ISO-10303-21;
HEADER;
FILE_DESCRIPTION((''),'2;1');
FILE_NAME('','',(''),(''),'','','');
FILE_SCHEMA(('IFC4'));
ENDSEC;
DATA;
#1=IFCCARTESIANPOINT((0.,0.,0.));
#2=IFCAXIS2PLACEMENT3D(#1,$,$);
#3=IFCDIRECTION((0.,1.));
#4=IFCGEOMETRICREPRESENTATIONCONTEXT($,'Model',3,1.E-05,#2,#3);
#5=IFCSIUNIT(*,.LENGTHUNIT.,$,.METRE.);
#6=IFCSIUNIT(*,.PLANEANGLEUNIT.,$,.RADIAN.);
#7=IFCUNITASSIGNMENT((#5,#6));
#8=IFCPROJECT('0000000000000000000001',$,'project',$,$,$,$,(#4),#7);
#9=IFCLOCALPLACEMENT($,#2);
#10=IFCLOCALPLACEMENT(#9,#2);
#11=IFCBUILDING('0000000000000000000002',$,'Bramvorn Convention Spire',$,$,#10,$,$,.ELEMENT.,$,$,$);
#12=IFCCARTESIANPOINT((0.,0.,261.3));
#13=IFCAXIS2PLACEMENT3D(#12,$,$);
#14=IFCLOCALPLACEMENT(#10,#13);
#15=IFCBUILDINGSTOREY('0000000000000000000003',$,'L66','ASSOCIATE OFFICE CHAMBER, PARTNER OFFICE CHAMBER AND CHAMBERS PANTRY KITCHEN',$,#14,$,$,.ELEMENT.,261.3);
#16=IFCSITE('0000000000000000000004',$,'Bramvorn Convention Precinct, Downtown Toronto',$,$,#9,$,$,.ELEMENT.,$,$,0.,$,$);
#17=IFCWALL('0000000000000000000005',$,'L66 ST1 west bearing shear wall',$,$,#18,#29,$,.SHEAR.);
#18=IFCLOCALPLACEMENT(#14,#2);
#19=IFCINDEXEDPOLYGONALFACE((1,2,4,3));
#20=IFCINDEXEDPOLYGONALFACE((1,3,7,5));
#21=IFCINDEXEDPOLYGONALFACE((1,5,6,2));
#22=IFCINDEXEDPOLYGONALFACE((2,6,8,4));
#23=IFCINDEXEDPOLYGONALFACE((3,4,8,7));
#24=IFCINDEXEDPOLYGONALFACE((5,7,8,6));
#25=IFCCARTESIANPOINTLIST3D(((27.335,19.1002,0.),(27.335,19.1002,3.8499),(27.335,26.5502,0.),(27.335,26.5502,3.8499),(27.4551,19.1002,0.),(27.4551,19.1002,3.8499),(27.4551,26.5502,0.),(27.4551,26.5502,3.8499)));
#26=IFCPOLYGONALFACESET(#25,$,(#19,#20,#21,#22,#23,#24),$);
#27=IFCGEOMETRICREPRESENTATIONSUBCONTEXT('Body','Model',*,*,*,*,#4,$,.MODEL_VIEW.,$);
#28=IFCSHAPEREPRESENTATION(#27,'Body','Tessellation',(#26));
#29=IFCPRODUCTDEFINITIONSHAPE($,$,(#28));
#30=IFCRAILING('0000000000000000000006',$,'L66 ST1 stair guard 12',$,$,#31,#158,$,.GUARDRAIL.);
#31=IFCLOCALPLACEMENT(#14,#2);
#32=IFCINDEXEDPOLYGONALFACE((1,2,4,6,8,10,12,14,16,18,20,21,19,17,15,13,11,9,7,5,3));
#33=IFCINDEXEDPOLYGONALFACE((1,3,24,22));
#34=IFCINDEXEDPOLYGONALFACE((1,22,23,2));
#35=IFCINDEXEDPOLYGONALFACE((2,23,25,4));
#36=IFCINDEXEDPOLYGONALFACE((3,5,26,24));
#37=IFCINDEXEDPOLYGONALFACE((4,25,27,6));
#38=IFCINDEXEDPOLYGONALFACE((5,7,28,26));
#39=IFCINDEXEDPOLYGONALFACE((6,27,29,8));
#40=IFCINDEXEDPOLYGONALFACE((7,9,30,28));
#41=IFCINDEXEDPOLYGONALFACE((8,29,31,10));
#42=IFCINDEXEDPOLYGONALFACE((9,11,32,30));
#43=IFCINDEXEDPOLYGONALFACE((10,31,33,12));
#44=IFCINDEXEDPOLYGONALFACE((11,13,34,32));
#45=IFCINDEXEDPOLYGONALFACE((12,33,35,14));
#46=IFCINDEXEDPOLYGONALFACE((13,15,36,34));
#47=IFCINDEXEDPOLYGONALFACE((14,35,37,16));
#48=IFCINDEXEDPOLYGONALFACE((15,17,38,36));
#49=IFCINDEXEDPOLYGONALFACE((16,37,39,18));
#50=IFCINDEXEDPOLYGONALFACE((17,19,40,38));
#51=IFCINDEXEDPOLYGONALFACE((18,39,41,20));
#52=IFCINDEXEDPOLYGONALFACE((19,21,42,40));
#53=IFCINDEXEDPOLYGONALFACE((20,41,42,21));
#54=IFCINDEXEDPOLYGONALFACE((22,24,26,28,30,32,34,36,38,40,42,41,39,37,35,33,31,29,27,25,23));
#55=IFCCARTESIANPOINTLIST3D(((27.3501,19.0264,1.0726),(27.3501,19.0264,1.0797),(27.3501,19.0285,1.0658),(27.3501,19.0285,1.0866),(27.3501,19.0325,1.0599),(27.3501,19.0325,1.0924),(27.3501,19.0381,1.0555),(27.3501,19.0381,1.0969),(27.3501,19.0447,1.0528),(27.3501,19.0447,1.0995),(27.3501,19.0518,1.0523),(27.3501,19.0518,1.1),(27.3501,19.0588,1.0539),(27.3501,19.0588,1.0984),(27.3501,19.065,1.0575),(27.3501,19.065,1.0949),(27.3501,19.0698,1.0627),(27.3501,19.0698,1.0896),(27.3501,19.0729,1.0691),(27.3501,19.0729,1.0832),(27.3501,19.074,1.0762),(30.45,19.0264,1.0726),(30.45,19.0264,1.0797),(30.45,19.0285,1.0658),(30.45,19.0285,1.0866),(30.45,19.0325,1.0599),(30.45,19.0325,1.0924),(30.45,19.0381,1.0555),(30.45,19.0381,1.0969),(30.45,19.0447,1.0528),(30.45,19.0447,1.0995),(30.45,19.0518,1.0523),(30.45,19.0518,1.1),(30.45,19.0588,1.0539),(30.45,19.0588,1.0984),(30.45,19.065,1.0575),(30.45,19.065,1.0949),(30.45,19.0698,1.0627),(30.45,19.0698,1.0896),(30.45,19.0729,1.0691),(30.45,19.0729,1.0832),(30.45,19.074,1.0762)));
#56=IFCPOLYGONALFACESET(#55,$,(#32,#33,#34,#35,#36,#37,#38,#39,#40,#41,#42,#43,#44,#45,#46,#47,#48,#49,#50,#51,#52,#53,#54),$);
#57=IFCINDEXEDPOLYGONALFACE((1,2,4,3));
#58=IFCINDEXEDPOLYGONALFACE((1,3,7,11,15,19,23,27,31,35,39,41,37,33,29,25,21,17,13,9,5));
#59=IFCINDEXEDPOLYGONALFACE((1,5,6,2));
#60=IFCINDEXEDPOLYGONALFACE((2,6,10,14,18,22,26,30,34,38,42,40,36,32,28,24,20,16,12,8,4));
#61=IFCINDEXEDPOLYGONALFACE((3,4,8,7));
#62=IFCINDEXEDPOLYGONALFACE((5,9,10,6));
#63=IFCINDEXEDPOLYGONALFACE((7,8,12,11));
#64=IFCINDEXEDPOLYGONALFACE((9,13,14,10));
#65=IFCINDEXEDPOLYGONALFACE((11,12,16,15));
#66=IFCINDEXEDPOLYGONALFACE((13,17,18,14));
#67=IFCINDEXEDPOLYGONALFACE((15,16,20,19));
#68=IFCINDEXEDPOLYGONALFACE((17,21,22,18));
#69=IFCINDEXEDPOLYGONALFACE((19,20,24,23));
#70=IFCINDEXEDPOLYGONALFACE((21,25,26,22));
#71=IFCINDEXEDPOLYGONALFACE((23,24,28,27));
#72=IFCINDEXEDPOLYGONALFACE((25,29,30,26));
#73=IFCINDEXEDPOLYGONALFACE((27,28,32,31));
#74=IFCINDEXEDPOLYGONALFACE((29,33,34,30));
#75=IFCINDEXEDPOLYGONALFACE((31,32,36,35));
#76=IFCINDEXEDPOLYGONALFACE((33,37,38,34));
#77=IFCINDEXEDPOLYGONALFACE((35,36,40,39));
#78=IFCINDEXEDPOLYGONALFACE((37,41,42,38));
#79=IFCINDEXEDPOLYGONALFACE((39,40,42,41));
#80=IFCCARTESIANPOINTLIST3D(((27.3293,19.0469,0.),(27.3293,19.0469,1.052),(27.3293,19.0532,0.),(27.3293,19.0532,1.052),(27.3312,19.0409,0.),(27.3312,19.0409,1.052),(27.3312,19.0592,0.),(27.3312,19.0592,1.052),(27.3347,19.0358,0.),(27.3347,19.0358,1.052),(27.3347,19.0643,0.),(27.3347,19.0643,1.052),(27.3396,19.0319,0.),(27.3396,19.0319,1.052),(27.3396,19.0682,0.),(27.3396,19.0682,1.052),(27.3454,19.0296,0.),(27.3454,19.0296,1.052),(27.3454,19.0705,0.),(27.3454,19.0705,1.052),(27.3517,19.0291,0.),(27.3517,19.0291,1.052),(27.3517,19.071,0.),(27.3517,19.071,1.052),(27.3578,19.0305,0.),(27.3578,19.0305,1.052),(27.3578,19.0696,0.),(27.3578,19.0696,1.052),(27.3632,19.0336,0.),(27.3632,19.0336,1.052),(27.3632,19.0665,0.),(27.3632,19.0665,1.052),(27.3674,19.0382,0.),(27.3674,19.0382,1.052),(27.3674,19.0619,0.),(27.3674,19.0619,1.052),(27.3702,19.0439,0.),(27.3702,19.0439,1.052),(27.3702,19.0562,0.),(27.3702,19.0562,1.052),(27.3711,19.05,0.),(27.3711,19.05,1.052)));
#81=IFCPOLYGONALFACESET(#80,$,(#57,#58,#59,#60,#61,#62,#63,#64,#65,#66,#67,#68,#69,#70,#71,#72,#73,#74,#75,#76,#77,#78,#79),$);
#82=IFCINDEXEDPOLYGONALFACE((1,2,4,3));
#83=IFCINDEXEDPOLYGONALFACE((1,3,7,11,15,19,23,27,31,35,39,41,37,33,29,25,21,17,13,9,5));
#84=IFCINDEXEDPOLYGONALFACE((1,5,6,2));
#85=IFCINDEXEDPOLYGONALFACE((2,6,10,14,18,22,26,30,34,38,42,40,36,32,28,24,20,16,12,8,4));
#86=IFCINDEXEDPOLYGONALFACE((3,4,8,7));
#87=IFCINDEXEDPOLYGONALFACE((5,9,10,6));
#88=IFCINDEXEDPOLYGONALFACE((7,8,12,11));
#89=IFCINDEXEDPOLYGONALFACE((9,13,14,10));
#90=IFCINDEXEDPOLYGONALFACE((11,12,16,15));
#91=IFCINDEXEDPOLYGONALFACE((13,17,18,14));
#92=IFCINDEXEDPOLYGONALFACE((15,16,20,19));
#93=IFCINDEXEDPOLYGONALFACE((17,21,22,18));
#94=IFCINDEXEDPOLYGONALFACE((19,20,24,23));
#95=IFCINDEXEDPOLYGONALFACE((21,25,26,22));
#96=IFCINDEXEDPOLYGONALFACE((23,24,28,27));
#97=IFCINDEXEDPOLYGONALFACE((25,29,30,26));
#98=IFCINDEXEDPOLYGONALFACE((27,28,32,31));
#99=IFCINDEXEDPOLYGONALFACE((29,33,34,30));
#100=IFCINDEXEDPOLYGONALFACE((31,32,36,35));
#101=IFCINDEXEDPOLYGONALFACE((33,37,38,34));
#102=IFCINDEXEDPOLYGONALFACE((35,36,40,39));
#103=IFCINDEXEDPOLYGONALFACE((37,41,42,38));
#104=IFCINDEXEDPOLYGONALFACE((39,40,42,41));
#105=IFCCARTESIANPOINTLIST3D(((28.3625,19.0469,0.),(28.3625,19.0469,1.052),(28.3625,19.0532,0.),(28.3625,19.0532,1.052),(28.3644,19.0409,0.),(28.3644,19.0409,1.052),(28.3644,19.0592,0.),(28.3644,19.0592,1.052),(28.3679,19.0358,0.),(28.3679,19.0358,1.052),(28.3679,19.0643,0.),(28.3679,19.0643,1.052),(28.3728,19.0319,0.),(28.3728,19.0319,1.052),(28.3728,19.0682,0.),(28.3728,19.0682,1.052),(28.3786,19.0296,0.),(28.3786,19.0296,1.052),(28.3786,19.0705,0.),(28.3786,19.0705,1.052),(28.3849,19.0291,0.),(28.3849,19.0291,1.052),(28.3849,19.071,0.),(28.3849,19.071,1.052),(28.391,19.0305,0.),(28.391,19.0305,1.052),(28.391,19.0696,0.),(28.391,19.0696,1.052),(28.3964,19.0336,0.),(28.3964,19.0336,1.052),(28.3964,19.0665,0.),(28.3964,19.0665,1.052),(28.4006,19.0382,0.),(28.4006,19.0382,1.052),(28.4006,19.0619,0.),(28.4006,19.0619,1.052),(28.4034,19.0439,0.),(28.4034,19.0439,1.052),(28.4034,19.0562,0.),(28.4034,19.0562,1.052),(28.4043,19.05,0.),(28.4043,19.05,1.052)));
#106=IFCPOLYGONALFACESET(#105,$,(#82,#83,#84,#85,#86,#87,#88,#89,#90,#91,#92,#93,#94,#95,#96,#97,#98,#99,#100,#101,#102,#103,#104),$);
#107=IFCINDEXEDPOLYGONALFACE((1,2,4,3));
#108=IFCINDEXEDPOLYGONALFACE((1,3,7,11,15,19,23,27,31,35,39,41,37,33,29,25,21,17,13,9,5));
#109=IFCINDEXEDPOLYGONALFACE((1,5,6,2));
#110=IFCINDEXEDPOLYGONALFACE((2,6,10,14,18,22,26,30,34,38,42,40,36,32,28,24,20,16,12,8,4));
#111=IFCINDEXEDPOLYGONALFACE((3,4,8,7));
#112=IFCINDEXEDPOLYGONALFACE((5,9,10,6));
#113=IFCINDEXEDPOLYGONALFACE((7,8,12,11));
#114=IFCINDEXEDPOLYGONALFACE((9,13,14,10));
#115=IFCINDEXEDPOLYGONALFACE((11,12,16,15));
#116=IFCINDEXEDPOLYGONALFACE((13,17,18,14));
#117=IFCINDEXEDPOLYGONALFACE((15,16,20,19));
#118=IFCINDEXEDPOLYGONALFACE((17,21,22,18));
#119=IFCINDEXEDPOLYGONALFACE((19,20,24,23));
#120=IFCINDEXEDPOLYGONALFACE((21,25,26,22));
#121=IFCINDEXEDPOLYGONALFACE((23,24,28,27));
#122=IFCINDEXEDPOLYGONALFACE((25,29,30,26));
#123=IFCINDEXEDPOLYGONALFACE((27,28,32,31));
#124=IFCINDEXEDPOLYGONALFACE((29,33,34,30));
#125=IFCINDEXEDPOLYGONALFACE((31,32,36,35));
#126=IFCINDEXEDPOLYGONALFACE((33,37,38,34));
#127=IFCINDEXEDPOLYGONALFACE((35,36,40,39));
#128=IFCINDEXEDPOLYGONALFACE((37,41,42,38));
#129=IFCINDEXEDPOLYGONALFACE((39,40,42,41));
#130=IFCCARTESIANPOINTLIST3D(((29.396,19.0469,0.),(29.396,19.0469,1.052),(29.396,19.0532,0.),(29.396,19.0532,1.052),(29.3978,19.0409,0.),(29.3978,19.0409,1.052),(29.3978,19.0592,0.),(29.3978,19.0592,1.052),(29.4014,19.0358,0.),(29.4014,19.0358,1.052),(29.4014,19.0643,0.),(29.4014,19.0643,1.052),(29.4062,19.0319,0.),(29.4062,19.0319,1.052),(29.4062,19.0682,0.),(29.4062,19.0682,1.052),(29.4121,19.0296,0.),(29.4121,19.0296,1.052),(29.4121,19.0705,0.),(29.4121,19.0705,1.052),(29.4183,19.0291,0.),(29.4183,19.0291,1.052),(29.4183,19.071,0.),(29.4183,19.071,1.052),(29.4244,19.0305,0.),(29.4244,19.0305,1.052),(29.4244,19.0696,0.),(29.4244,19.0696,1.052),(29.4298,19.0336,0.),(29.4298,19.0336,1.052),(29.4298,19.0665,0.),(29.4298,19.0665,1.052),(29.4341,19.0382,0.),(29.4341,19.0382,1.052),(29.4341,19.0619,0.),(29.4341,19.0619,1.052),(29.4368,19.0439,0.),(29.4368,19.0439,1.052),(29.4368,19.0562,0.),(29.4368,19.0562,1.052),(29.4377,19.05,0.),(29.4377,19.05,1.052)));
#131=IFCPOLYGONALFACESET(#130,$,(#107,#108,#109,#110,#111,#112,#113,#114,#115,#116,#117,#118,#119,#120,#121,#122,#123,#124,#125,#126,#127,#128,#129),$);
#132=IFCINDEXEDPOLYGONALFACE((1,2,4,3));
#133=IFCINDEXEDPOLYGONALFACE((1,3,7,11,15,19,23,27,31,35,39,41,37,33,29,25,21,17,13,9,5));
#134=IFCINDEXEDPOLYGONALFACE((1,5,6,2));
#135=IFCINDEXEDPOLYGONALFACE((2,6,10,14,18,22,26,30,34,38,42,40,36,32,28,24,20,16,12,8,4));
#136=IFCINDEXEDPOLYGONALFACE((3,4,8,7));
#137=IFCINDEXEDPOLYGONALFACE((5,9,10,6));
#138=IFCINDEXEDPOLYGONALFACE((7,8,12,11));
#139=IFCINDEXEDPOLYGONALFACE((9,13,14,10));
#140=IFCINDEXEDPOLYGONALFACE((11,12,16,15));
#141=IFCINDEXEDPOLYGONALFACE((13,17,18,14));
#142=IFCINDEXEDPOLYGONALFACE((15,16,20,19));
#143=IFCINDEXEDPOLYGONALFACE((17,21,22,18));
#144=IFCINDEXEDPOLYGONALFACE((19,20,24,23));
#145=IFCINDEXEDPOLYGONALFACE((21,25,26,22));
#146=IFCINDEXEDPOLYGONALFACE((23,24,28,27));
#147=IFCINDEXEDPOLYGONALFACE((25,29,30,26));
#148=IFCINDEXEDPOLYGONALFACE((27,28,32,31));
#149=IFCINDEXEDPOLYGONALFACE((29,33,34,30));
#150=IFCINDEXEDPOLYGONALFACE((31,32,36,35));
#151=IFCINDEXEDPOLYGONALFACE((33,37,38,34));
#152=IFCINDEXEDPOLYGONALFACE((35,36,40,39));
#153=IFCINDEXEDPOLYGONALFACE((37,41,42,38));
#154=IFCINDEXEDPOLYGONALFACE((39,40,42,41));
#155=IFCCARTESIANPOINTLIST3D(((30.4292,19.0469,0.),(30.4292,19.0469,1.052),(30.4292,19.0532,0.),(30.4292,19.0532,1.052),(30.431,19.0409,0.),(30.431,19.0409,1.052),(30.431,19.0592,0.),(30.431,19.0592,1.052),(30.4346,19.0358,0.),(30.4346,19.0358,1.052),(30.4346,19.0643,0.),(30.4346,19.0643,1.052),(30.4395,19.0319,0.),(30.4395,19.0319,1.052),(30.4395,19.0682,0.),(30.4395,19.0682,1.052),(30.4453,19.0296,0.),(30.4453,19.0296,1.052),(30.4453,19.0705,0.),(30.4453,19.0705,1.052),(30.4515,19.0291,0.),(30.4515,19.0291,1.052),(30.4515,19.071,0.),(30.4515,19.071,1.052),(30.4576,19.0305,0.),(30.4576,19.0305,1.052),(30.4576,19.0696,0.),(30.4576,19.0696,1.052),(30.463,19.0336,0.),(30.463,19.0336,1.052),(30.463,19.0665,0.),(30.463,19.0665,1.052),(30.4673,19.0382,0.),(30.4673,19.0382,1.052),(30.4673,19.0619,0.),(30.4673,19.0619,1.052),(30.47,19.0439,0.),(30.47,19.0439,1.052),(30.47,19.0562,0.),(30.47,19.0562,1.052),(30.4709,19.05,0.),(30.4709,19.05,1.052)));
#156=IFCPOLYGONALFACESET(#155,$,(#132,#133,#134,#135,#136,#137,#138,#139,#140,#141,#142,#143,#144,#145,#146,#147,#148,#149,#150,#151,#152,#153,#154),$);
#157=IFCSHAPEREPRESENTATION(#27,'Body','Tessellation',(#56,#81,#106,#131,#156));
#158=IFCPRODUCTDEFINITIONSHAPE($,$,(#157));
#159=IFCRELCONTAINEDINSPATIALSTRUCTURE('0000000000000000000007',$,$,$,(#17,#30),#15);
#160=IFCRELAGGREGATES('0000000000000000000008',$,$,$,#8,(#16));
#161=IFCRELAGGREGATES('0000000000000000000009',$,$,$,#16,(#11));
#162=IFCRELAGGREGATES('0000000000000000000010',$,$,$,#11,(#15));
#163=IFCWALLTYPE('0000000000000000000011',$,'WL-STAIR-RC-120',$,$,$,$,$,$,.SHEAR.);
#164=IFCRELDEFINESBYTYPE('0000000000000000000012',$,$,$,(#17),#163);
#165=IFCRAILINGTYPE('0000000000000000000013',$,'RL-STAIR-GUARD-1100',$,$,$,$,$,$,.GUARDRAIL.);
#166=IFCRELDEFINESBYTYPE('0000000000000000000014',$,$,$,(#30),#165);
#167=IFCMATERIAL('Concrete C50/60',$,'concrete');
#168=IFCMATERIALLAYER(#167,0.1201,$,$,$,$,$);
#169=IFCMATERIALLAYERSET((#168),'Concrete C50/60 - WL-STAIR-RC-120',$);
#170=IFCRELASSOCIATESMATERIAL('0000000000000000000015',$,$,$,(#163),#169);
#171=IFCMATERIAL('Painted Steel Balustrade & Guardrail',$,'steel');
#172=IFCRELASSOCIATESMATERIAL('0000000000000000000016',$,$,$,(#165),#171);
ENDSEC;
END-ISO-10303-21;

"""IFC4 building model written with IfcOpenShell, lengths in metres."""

from ifc_helpers import new_model, si_unit, direction, frame, frame_2d, origin, origin_2d, place, context, subcontext, project, spatial, rectangle, circle, extrude, material, layer, layer_set, type_object, element, save


model = new_model("IFC4")

# Units and contexts
model_context = context("Model", 3, precision=1e-05, world=origin(), true_north=direction((0.0, 1.0)))
body_context = subcontext(model_context, "Body", "Model", "MODEL_VIEW")
ifc_project = project(units=[si_unit("LENGTHUNIT", "METRE"), si_unit("PLANEANGLEUNIT", "RADIAN")], contexts=[model_context])

# Site, building, storey
site_placement = place(None, origin())
site = spatial("IfcSite", under=ifc_project, at=site_placement, Name="Bramvorn Convention Precinct, Downtown Toronto", CompositionType="ELEMENT", RefElevation=0.0)
building_placement = place(site_placement, origin())
building = spatial("IfcBuilding", under=site, at=building_placement, Name="Bramvorn Convention Spire", CompositionType="ELEMENT")
storey_placement = place(building_placement, frame((0.0, 0.0, 261.3)))
storey = spatial("IfcBuildingStorey", under=building, at=storey_placement, Name="L66", Description="ASSOCIATE OFFICE CHAMBER, PARTNER OFFICE CHAMBER AND CHAMBERS PANTRY KITCHEN", CompositionType="ELEMENT", Elevation=261.3)

# Shared definitions
ifc_material_1 = material(Name="Concrete C50/60", Category="concrete")

# Wall
ifc_layer_1 = layer(ifc_material_1, 0.1201)
ifc_layer_set_1 = layer_set([ifc_layer_1], Name="Concrete C50/60 - WL-STAIR-RC-120")
wall_type_1 = type_object("IfcWallType", Name="WL-STAIR-RC-120", PredefinedType="SHEAR", material=ifc_layer_set_1)
wall_1_placement = place(storey_placement, frame((27.395, 19.1001, 0.0), z_axis=(0.0, 0.0, 1.0), x_axis=(0.0, 1.0, 0.0)))
element("IfcWall", 1, at=wall_1_placement, inside=storey, type_object=wall_type_1, Name="L66 ST1 west bearing shear wall", PredefinedType="SHEAR", context=body_context, shape_type="SweptSolid", body=[
    extrude(rectangle(XDim=7.45, YDim=0.1201, at=frame_2d((3.7251, 0.0))), origin(), (0.0, 0.0, 1.0), 3.8499),
])

# Railing
ifc_material_2 = material(Name="Painted Steel Balustrade & Guardrail", Category="steel")
railing_type = type_object("IfcRailingType", Name="RL-STAIR-GUARD-1100", PredefinedType="GUARDRAIL", material=ifc_material_2)
railing_placement = place(storey_placement, frame((27.3501, 19.05, 0.0)))
element("IfcRailing", 2, at=railing_placement, inside=storey, type_object=railing_type, Name="L66 ST1 stair guard 12", PredefinedType="GUARDRAIL", context=body_context, shape_type="SweptSolid", body=[
    extrude(circle(Radius=0.0239, at=origin_2d()), frame((0.0, 0.0, 1.0762), z_axis=(1.0, 0.0, 0.0), x_axis=(0.0, 1.0, 0.0)), (0.0, 0.0, 1.0), 3.0999),
    extrude(circle(Radius=0.021, at=origin_2d()), origin(), (0.0, 0.0, 1.0), 1.052),
    extrude(circle(Radius=0.021, at=origin_2d()), frame((1.0332, 0.0, 0.0)), (0.0, 0.0, 1.0), 1.052),
    extrude(circle(Radius=0.021, at=origin_2d()), frame((2.0667, 0.0, 0.0)), (0.0, 0.0, 1.0), 1.052),
    extrude(circle(Radius=0.021, at=origin_2d()), frame((3.0999, 0.0, 0.0)), (0.0, 0.0, 1.0), 1.052),
])

save(model, "model.ifc")
